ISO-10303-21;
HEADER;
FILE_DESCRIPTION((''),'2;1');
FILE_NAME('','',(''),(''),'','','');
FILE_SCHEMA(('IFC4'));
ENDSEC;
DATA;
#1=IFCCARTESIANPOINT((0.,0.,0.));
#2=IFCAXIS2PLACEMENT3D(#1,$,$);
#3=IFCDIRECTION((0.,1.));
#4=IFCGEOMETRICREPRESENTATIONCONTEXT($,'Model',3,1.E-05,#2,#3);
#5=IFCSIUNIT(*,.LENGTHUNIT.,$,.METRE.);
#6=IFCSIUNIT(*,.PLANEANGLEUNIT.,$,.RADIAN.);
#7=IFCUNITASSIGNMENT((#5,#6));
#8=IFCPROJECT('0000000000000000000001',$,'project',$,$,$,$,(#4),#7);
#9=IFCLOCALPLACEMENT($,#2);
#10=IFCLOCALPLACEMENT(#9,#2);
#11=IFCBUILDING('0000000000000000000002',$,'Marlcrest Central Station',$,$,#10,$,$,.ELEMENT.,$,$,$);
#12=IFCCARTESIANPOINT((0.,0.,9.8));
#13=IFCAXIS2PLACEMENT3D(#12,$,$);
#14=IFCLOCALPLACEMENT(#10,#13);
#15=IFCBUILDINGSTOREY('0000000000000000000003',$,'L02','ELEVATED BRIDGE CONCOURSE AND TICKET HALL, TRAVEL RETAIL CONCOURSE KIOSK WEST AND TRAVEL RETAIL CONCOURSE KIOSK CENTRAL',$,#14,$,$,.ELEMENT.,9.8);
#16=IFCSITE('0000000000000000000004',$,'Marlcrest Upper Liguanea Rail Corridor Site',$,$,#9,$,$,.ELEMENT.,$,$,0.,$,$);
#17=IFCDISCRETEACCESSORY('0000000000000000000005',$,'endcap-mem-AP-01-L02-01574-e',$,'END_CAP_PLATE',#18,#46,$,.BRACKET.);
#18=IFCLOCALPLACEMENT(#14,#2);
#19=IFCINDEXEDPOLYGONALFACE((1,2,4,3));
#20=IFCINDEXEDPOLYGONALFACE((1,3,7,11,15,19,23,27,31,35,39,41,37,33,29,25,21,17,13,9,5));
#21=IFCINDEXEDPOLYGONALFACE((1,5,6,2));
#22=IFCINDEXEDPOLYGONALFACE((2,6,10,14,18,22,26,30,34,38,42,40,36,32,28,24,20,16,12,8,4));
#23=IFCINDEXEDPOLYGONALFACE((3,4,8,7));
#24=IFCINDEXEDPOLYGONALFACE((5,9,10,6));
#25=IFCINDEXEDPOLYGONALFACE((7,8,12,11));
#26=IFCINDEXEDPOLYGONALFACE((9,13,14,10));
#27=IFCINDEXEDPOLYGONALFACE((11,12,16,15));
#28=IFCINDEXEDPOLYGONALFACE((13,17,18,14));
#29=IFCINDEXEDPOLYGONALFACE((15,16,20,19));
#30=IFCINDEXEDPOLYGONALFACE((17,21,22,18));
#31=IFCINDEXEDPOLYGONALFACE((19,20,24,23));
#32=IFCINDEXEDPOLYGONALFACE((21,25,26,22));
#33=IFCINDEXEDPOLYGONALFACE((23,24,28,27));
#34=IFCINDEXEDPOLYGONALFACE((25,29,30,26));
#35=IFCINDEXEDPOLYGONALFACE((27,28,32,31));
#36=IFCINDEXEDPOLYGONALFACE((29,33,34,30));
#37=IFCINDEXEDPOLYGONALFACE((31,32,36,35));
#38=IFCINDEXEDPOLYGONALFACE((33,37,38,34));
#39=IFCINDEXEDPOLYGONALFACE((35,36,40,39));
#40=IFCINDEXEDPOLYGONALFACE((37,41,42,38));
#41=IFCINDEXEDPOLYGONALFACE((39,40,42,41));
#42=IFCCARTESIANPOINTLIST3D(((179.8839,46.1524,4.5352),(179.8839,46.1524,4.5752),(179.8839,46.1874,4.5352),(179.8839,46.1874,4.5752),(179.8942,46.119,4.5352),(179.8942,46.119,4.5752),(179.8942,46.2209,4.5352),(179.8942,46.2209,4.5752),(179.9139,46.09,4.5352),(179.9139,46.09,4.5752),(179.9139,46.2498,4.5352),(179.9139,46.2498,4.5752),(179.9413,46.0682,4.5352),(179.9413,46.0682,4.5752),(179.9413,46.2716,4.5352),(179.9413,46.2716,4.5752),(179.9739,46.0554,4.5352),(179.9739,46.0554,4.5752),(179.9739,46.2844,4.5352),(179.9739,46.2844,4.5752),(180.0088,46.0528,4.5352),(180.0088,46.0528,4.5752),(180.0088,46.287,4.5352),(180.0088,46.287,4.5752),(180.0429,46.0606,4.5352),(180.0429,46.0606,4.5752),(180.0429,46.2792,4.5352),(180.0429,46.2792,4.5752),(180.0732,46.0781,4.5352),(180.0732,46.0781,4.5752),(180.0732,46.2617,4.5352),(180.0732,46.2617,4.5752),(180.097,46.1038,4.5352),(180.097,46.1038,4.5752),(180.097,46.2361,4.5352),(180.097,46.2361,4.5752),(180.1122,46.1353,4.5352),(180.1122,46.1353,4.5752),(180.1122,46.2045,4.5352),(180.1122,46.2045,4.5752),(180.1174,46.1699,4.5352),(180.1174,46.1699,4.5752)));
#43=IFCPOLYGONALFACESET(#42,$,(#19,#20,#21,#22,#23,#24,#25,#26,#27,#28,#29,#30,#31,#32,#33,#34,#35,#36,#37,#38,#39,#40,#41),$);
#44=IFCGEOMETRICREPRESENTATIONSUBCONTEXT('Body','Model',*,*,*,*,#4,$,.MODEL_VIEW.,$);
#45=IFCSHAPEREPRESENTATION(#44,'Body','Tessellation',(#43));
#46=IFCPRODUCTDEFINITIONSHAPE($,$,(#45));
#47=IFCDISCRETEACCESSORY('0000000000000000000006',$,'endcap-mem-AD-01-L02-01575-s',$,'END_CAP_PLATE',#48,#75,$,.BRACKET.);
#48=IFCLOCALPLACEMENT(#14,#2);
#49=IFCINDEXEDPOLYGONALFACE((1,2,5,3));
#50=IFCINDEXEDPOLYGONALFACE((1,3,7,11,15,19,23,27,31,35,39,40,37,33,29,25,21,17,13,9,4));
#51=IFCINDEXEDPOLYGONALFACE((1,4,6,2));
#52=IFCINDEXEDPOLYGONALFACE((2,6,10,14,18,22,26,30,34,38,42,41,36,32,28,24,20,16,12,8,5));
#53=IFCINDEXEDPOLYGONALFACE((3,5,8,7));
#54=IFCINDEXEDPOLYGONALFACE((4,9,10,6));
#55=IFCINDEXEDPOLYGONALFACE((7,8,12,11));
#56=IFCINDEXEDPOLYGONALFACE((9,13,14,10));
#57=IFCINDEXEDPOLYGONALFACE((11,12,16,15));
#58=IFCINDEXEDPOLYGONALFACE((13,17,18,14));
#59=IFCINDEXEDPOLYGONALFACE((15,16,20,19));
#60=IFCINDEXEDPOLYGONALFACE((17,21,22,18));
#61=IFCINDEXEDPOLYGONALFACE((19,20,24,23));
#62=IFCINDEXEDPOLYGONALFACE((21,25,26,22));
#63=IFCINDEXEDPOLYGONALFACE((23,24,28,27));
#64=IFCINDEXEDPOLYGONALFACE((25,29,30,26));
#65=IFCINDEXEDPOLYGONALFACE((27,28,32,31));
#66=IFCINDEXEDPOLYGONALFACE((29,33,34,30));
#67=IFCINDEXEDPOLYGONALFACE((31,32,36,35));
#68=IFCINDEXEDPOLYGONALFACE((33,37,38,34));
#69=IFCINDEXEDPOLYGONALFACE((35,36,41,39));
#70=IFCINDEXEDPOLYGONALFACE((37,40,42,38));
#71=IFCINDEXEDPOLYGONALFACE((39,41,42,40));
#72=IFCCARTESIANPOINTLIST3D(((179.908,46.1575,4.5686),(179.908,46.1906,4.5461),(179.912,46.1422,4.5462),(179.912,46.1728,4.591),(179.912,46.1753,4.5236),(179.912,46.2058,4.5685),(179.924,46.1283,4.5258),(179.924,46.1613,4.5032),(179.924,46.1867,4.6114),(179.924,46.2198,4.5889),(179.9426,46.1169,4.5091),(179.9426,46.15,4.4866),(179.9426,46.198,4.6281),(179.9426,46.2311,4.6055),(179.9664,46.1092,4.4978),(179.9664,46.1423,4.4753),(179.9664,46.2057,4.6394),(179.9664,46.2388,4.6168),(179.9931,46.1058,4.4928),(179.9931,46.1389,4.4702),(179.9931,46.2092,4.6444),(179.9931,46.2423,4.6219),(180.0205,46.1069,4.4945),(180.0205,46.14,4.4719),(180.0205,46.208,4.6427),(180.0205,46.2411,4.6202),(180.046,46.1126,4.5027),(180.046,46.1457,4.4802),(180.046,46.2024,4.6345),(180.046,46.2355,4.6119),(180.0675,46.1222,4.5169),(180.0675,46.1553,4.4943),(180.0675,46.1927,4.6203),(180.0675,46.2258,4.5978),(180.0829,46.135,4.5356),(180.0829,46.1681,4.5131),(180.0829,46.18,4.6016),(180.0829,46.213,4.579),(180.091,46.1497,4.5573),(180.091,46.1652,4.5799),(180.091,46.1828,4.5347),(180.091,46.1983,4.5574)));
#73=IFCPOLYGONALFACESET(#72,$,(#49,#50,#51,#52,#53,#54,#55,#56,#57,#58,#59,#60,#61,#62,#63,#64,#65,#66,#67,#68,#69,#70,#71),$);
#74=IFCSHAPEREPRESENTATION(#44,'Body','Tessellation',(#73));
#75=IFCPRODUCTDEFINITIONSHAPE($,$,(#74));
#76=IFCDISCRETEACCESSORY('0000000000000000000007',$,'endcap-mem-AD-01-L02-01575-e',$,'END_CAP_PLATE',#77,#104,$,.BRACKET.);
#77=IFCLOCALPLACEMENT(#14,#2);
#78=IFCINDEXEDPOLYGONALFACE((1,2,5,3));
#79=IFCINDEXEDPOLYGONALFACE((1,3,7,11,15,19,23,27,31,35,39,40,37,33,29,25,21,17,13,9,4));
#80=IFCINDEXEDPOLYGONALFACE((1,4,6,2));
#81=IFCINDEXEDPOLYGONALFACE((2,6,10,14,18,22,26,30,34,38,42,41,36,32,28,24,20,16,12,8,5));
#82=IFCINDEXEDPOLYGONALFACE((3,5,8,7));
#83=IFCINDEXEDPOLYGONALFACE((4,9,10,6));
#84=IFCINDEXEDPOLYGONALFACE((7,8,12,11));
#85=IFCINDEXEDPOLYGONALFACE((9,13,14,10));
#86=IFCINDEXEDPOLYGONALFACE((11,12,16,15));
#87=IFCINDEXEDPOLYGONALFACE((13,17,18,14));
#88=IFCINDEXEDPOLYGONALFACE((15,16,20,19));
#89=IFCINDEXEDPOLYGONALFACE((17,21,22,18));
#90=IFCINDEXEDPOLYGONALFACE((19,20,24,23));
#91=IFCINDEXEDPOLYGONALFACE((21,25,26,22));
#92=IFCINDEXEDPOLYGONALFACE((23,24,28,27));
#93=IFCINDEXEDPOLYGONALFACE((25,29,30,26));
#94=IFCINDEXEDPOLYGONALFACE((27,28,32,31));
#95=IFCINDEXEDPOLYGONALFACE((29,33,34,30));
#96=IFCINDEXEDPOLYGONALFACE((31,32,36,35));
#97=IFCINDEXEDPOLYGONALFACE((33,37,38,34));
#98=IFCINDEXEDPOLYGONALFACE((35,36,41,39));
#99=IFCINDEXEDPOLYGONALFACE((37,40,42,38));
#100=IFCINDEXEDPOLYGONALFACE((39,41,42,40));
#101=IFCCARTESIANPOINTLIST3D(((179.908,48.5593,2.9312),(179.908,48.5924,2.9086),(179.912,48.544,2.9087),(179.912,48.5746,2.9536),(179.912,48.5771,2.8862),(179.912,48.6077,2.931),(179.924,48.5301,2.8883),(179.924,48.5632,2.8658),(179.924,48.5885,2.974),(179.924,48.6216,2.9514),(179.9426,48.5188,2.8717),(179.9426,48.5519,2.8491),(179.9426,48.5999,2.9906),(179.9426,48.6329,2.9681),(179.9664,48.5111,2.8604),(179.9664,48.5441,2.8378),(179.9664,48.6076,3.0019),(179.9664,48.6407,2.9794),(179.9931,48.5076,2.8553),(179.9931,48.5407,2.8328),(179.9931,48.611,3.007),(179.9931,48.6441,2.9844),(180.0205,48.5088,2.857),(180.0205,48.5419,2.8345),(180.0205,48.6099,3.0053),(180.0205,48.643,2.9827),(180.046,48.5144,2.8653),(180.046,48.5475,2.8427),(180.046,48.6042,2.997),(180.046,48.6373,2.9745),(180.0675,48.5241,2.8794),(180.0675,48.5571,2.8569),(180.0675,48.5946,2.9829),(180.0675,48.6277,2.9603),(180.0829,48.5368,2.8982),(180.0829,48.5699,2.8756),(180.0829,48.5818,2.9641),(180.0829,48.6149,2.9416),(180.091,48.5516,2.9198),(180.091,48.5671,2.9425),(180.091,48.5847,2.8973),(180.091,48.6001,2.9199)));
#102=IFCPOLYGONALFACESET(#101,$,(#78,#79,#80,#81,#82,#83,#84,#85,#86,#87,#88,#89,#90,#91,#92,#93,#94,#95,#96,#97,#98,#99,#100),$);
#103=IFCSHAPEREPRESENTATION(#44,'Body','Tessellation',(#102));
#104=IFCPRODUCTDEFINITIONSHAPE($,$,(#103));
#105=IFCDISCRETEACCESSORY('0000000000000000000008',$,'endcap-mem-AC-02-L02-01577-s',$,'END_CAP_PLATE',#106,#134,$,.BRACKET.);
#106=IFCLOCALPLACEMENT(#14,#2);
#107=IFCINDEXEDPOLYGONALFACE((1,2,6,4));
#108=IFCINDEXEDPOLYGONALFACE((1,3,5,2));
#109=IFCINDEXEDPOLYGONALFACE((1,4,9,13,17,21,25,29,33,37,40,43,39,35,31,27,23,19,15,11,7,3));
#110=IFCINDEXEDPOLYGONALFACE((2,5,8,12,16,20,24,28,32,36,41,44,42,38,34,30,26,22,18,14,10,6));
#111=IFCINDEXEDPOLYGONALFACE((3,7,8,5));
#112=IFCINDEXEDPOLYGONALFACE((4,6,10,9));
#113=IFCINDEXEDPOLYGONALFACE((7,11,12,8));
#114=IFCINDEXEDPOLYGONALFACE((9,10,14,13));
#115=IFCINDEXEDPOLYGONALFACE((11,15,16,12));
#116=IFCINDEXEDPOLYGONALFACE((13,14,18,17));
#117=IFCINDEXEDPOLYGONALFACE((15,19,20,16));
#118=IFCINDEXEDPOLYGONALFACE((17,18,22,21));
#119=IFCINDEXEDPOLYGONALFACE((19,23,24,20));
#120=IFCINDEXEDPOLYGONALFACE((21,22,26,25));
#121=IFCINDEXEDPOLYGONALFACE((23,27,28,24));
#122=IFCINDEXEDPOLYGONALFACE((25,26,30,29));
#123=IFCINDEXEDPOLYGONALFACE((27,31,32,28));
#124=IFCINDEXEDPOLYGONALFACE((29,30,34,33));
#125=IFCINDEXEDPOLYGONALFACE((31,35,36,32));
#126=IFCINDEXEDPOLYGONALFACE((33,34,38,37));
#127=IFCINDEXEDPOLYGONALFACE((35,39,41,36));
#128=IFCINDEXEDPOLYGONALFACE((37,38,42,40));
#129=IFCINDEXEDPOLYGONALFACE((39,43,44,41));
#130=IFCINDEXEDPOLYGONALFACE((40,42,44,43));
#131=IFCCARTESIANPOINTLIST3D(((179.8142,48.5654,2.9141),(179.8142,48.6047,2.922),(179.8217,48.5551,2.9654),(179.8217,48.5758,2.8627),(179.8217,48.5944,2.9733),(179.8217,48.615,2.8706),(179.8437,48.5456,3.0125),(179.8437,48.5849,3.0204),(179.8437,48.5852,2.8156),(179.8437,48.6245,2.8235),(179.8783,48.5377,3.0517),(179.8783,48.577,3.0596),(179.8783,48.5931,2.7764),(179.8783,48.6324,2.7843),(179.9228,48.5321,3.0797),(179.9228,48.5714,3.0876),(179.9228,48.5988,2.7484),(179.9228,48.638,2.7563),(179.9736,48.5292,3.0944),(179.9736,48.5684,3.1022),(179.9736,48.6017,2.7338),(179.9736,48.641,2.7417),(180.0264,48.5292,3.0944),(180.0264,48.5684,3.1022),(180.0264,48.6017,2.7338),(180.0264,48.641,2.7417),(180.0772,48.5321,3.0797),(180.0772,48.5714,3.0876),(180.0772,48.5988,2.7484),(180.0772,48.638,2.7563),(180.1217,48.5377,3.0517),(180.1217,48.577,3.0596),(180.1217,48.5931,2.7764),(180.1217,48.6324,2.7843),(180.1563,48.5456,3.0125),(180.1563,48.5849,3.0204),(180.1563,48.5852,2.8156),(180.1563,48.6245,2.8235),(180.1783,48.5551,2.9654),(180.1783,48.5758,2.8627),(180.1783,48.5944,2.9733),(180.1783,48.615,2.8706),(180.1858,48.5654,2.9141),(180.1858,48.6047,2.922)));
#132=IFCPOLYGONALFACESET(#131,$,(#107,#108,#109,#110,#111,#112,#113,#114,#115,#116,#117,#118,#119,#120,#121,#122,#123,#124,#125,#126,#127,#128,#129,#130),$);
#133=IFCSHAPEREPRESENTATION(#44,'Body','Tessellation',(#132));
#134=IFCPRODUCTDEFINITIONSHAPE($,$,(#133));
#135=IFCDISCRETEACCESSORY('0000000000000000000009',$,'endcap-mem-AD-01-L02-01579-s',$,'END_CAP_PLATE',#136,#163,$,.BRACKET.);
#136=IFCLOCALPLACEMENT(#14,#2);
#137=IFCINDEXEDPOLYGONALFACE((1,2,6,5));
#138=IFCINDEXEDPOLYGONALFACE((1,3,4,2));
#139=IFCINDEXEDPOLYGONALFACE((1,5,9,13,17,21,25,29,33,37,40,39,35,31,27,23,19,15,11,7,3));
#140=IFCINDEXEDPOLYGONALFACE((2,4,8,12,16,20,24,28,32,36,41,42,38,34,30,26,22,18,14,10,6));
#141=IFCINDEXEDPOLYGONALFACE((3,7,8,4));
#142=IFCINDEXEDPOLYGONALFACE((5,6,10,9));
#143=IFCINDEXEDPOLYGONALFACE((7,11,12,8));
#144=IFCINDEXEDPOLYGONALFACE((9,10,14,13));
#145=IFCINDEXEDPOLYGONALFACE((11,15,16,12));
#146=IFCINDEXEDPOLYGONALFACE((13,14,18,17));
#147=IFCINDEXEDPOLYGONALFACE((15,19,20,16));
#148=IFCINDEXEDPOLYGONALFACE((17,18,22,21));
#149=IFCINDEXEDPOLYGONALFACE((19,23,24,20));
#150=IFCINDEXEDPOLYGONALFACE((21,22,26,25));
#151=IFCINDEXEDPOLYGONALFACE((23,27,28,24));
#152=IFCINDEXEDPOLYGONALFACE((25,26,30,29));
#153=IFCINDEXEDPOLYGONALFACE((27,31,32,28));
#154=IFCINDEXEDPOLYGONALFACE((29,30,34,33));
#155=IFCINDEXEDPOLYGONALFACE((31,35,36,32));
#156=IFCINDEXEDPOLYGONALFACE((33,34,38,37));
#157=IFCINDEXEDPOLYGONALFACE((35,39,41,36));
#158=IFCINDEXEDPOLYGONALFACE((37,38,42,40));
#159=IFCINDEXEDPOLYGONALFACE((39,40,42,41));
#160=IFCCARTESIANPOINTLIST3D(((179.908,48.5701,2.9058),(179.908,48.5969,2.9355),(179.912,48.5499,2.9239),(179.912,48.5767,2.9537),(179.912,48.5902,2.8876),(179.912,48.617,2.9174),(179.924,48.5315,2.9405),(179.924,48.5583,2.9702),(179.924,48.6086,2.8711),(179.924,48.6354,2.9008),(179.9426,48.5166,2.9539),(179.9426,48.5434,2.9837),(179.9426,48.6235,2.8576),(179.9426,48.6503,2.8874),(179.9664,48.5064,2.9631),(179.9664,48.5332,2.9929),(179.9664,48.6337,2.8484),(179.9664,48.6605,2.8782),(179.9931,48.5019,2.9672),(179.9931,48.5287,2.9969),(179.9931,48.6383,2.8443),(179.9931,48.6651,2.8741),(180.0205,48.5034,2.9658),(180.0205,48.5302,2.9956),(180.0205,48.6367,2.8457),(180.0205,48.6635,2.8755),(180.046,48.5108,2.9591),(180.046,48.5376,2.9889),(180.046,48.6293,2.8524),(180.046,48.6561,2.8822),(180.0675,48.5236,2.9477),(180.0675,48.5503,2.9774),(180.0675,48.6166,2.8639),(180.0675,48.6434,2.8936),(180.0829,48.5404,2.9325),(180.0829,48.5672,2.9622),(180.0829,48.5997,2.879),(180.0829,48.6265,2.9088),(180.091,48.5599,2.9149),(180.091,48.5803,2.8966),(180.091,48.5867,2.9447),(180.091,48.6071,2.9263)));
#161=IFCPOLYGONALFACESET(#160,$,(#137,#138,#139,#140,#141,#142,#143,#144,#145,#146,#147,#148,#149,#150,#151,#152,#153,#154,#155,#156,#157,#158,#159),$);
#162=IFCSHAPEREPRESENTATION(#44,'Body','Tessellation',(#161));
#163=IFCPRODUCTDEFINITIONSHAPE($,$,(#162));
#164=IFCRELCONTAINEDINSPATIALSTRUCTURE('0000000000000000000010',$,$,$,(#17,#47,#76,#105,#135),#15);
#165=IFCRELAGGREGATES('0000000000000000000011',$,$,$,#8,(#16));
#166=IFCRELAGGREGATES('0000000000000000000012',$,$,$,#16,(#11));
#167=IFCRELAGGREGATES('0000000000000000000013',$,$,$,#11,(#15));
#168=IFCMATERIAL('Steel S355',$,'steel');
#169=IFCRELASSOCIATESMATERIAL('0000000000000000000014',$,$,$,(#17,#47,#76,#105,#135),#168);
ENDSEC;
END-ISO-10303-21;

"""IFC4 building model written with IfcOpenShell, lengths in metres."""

from ifc_helpers import new_model, si_unit, direction, frame, origin, origin_2d, place, context, subcontext, project, spatial, circle, extrude, material, element, save


model = new_model("IFC4")

# Units and contexts
model_context = context("Model", 3, precision=1e-05, world=origin(), true_north=direction((0.0, 1.0)))
body_context = subcontext(model_context, "Body", "Model", "MODEL_VIEW")
ifc_project = project(units=[si_unit("LENGTHUNIT", "METRE"), si_unit("PLANEANGLEUNIT", "RADIAN")], contexts=[model_context])

# Site, building, storey
site_placement = place(None, origin())
site = spatial("IfcSite", under=ifc_project, at=site_placement, Name="Marlcrest Upper Liguanea Rail Corridor Site", CompositionType="ELEMENT", RefElevation=0.0)
building_placement = place(site_placement, origin())
building = spatial("IfcBuilding", under=site, at=building_placement, Name="Marlcrest Central Station", CompositionType="ELEMENT")
storey_placement = place(building_placement, frame((0.0, 0.0, 9.8)))
storey = spatial("IfcBuildingStorey", under=building, at=storey_placement, Name="L02", Description="ELEVATED BRIDGE CONCOURSE AND TICKET HALL, TRAVEL RETAIL CONCOURSE KIOSK WEST AND TRAVEL RETAIL CONCOURSE KIOSK CENTRAL", CompositionType="ELEMENT", Elevation=9.8)

# Shared definitions
ifc_material_1 = material(Name="Steel S355", Category="steel")

# Discrete accessories
for number, where, z_axis, x_axis, name in (
    (1, (180.0, 46.1699, 4.5352), (0.0, 0.0, 1.0), (1.0, 0.0, 0.0), "endcap-mem-AP-01-L02-01574-e"),
):
    element("IfcDiscreteAccessory", number, at=place(storey_placement, frame(where, z_axis=z_axis, x_axis=x_axis)), inside=storey, material=ifc_material_1, Name=name, ObjectType="END_CAP_PLATE", PredefinedType="BRACKET", context=body_context, shape_type="SweptSolid", body=[
        extrude(circle(Radius=0.1174, at=origin_2d()), origin(), (0.0, 0.0, 1.0), 0.04),
    ])
for number, where, z_axis, x_axis, name in (
    (2, (180.0, 46.1575, 4.5686), (0.0, 0.826263, -0.563285), (-1.0, 0.0, 0.0), "endcap-mem-AD-01-L02-01575-s"),
    (3, (180.0, 48.5593, 2.9312), (0.0, 0.826263, -0.563285), (-1.0, 0.0, 0.0), "endcap-mem-AD-01-L02-01575-e"),
):
    element("IfcDiscreteAccessory", number, at=place(storey_placement, frame(where, z_axis=z_axis, x_axis=x_axis)), inside=storey, material=ifc_material_1, Name=name, ObjectType="END_CAP_PLATE", PredefinedType="BRACKET", context=body_context, shape_type="SweptSolid", body=[
        extrude(circle(Radius=0.092, at=origin_2d()), origin(), (0.0, 0.0, 1.0), 0.04),
    ])
discrete_accessory_1_placement = place(storey_placement, frame((180.0, 48.5654, 2.9141), z_axis=(0.0, 0.980359, 0.197219), x_axis=(-1.0, 0.0, 0.0)))
element("IfcDiscreteAccessory", 4, at=discrete_accessory_1_placement, inside=storey, material=ifc_material_1, Name="endcap-mem-AC-02-L02-01577-s", ObjectType="END_CAP_PLATE", PredefinedType="BRACKET", context=body_context, shape_type="SweptSolid", body=[
    extrude(circle(Radius=0.1858, at=origin_2d()), origin(), (0.0, 0.0, 1.0), 0.04),
])
discrete_accessory_2_placement = place(storey_placement, frame((180.0, 48.5701, 2.9058), z_axis=(0.0, 0.669244, 0.743042), x_axis=(-1.0, 0.0, 0.0)))
element("IfcDiscreteAccessory", 5, at=discrete_accessory_2_placement, inside=storey, material=ifc_material_1, Name="endcap-mem-AD-01-L02-01579-s", ObjectType="END_CAP_PLATE", PredefinedType="BRACKET", context=body_context, shape_type="SweptSolid", body=[
    extrude(circle(Radius=0.092, at=origin_2d()), origin(), (0.0, 0.0, 1.0), 0.04),
])

save(model, "model.ifc")
